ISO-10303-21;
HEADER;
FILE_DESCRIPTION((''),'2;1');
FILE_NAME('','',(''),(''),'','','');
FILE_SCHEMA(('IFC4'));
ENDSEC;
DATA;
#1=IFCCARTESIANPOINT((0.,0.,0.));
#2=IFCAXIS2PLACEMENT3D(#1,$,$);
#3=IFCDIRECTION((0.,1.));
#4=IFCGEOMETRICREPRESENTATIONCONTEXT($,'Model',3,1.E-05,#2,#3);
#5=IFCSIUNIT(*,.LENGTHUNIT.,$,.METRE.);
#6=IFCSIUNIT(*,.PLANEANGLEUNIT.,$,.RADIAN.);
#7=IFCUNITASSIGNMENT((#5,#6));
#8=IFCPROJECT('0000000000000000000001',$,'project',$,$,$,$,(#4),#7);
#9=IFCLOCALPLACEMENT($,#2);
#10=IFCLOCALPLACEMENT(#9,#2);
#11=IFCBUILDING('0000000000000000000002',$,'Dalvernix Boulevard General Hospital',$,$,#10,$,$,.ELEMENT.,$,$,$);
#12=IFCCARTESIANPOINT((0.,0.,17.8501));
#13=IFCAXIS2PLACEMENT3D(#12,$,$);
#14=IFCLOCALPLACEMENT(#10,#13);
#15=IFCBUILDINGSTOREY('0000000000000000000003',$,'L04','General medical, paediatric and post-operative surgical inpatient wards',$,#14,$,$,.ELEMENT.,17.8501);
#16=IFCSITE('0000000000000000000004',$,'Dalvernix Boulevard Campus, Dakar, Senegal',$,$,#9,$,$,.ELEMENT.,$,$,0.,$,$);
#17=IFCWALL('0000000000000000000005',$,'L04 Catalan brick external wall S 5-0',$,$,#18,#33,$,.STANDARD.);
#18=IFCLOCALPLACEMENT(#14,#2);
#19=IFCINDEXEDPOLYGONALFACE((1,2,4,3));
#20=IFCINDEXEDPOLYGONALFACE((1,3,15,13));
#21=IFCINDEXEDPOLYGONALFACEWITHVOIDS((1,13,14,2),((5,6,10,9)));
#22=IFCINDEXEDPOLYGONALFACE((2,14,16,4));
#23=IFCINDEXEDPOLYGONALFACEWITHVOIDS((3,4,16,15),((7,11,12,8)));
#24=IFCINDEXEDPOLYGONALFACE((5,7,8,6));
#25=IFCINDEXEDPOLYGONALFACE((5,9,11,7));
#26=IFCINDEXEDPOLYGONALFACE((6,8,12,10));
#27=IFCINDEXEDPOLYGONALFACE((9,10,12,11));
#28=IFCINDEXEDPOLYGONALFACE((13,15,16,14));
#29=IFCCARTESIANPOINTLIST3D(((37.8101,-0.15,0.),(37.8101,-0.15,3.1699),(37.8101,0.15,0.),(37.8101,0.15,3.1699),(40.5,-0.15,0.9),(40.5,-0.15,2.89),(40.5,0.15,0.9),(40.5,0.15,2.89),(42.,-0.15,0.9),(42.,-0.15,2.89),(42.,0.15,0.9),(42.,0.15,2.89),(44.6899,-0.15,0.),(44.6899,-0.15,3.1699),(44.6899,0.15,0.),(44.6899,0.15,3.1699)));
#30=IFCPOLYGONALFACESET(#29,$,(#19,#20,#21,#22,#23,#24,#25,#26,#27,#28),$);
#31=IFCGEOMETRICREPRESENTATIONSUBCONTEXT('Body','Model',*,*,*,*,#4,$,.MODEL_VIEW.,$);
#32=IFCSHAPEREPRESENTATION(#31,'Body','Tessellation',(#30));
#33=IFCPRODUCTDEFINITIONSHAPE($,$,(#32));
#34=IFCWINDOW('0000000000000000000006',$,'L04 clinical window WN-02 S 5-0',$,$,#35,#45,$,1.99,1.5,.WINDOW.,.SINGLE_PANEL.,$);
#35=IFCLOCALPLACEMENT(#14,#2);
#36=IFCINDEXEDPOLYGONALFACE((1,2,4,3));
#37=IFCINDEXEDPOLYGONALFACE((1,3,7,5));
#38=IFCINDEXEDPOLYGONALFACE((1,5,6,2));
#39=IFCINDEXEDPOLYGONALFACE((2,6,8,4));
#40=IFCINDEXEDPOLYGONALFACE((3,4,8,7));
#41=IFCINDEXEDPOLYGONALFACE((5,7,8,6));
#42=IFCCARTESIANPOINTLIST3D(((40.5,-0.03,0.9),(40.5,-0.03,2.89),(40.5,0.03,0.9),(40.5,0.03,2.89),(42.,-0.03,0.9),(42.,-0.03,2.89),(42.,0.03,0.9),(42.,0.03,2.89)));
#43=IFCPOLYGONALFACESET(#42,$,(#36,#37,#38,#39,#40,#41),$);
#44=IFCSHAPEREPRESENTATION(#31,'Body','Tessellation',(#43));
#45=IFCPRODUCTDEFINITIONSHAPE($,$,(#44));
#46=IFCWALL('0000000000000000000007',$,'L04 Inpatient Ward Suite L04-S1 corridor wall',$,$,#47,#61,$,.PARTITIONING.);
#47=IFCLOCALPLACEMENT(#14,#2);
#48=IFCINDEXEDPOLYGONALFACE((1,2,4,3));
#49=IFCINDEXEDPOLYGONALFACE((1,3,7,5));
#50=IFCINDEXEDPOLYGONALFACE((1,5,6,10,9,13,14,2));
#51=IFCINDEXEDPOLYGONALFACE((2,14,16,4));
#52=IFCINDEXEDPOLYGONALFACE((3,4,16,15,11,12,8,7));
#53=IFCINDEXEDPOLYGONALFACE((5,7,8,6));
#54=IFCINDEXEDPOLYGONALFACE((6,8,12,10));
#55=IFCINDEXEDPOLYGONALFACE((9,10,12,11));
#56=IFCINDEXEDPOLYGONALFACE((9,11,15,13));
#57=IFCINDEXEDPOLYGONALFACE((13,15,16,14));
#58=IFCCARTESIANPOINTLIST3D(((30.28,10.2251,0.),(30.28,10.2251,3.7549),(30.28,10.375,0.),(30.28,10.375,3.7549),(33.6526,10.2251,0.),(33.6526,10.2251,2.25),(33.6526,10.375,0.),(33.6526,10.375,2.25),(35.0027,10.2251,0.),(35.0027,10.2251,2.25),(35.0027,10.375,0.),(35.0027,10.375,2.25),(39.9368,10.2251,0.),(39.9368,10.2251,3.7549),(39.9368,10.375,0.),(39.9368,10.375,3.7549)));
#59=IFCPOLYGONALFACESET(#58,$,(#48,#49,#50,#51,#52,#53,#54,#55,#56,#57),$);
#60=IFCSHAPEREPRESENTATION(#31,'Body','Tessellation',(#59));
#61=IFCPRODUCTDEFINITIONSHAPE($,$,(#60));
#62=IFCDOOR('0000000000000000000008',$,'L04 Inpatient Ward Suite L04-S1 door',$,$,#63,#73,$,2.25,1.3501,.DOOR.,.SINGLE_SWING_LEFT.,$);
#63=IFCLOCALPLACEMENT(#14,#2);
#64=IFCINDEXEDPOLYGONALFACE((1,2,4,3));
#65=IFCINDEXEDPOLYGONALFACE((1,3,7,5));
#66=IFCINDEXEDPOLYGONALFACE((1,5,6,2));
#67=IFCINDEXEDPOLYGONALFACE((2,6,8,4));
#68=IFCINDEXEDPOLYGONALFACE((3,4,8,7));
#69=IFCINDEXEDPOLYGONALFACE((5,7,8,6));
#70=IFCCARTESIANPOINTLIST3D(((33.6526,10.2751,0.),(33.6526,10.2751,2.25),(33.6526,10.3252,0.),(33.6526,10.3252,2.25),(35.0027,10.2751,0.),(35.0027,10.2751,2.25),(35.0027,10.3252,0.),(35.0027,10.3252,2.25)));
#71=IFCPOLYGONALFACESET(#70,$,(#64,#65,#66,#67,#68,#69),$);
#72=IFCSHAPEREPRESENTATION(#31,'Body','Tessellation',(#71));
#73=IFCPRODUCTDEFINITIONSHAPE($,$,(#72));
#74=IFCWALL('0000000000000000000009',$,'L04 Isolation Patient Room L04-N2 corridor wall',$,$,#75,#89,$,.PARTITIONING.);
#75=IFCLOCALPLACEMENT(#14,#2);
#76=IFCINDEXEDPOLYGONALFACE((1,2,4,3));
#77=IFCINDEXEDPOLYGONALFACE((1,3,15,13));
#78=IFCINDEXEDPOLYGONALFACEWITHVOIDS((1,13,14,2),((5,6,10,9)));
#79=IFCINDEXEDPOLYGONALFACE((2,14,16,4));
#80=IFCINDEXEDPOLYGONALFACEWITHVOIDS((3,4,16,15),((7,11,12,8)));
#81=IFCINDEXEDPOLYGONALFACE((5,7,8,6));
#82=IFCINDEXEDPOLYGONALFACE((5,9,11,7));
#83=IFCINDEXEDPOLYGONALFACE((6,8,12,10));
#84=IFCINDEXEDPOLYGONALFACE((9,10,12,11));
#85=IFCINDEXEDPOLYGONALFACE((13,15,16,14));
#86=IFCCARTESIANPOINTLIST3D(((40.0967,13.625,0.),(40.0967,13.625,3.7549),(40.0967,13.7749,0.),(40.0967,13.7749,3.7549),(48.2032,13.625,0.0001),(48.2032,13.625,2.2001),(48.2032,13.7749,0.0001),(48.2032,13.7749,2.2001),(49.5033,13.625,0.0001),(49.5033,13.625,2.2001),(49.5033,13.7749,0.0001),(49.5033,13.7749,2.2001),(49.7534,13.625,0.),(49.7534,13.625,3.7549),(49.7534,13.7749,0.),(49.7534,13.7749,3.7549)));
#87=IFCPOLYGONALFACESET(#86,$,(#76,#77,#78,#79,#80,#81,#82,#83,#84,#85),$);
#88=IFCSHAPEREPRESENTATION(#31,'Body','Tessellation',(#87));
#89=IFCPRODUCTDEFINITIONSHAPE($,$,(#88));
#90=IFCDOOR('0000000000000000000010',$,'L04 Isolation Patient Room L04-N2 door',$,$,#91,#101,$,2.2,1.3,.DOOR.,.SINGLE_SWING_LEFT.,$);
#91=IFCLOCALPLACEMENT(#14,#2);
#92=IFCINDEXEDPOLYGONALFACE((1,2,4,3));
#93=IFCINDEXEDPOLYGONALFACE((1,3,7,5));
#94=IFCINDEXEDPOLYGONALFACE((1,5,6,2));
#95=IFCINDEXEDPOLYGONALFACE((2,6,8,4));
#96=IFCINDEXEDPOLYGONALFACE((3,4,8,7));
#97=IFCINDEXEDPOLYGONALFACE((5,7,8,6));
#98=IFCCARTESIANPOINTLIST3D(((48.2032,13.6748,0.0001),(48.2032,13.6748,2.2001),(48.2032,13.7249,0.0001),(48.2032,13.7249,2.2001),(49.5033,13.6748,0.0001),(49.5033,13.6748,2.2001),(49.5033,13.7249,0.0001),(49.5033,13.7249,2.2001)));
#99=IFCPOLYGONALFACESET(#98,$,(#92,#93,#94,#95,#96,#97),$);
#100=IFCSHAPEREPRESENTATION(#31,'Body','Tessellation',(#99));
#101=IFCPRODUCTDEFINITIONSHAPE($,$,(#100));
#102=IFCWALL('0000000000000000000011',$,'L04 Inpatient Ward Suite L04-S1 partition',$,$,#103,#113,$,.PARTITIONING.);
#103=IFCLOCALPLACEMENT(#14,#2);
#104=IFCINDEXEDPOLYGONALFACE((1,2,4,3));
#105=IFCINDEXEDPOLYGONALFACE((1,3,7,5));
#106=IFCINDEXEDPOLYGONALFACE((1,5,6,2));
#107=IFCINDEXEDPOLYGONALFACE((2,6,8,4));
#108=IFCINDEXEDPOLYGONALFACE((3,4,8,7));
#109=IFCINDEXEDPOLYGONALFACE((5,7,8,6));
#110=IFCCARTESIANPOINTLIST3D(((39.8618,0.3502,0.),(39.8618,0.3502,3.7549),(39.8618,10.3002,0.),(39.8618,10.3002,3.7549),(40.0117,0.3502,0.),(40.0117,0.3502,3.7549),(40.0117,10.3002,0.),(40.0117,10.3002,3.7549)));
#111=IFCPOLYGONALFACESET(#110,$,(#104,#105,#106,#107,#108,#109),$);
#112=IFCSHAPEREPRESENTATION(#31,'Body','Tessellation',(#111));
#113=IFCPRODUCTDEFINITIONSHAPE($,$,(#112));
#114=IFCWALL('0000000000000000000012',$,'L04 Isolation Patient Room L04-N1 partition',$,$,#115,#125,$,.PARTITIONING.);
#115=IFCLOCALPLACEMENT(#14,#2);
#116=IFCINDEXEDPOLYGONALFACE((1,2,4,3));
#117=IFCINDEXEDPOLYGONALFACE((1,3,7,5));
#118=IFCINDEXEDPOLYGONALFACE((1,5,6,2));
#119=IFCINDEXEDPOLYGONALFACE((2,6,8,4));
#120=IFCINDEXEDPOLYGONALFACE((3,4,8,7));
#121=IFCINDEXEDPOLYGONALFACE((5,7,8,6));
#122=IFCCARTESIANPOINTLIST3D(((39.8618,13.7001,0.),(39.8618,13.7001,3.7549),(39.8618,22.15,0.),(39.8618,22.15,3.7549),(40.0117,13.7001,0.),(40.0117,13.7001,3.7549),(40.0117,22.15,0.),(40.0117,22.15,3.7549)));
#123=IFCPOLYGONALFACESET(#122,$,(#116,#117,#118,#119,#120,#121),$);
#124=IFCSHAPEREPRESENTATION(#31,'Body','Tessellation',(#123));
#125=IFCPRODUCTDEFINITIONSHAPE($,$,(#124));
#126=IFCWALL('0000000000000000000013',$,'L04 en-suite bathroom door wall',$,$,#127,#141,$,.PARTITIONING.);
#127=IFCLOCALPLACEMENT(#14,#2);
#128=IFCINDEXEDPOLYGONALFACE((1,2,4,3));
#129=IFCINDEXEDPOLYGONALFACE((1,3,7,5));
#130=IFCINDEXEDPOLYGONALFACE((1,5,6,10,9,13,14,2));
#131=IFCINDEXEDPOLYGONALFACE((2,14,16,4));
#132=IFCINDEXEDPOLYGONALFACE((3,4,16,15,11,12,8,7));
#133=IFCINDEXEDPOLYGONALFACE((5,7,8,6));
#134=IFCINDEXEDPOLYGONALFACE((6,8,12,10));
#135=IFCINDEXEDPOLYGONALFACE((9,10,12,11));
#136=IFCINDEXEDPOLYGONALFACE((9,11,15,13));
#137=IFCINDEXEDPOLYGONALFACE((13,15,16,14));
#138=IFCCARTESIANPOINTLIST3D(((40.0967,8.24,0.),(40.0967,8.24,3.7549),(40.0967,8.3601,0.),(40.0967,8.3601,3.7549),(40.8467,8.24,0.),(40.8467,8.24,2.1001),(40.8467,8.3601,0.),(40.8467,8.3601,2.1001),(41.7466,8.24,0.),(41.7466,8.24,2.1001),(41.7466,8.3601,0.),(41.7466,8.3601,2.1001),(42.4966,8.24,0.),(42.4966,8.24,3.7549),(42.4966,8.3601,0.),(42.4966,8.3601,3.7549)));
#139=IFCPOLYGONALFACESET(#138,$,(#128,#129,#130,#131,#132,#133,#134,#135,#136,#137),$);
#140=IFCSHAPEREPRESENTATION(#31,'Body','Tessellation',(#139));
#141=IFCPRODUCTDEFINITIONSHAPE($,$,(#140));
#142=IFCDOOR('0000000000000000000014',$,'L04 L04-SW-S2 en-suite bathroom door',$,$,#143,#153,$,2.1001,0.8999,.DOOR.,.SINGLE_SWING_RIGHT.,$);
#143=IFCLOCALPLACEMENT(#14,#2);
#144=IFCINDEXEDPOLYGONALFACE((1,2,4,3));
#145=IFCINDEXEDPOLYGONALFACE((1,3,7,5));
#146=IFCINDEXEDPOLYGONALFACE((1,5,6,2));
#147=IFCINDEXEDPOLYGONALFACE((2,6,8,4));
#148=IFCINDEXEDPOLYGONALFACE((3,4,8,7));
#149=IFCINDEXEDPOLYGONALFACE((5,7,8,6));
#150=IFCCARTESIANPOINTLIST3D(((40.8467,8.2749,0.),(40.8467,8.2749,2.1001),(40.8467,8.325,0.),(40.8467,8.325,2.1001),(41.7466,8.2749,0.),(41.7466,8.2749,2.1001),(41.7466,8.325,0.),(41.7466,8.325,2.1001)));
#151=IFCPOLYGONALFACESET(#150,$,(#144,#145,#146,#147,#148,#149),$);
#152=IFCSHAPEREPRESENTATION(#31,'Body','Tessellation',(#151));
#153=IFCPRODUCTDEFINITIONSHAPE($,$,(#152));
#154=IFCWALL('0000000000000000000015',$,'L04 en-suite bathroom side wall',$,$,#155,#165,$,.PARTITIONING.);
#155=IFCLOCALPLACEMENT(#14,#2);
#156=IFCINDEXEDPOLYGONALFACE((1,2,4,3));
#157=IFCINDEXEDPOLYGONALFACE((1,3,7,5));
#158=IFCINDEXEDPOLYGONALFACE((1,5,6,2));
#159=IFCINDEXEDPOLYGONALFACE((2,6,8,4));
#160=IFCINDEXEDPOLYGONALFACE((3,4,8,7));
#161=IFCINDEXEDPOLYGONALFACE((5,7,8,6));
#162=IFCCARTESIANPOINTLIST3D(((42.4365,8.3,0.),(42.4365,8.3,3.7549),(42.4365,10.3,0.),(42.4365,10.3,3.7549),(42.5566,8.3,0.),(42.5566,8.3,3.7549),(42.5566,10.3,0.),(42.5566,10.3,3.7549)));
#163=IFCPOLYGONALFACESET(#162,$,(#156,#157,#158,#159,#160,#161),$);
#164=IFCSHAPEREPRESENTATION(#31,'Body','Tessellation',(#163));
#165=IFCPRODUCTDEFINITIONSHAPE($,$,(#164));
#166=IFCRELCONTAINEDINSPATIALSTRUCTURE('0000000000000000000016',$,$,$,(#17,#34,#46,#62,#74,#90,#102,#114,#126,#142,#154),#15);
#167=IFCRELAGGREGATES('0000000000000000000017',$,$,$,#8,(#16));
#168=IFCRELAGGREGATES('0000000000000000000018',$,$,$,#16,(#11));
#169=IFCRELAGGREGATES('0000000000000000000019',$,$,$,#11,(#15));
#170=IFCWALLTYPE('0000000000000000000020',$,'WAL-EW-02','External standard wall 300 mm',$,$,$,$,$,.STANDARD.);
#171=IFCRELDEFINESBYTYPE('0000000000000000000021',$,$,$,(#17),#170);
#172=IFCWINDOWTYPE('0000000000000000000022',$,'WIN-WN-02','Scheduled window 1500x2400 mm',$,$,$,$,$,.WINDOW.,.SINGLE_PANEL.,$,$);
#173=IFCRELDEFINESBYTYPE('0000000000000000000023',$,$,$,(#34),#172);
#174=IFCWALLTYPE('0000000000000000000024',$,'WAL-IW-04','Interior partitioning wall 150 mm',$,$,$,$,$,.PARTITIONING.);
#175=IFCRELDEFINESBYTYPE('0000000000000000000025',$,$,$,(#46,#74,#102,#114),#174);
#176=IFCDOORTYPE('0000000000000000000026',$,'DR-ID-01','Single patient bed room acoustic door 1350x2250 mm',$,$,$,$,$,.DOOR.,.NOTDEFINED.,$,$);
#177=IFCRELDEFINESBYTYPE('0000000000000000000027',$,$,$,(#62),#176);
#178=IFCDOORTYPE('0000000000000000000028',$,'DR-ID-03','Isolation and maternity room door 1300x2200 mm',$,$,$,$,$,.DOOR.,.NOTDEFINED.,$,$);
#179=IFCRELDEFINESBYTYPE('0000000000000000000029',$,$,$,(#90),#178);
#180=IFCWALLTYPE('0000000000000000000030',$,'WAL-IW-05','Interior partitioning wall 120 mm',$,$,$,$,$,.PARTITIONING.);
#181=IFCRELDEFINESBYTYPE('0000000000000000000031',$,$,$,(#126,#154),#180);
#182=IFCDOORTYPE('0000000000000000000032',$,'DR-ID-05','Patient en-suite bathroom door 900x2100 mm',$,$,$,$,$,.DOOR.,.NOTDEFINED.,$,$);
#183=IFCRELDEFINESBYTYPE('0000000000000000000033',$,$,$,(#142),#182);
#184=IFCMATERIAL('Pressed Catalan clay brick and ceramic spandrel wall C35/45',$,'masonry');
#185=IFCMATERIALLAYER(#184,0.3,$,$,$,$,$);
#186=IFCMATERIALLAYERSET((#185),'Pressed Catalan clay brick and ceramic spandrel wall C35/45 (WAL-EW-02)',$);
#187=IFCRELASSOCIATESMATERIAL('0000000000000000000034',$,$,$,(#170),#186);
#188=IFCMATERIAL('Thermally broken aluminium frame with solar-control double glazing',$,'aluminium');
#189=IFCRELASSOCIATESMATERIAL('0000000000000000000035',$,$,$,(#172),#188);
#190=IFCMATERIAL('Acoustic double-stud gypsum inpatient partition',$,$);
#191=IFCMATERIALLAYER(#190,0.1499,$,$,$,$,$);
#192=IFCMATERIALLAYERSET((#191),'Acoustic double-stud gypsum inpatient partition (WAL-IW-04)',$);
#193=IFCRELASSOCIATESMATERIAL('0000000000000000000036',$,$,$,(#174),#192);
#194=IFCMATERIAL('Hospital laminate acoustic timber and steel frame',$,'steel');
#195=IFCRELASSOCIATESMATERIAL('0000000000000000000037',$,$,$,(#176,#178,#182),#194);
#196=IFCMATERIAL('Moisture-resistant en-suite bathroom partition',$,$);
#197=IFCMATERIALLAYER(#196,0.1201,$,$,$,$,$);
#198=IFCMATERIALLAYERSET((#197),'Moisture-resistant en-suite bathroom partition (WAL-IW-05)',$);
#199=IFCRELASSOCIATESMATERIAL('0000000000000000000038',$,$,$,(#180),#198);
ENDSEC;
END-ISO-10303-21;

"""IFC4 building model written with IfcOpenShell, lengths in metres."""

from ifc_helpers import new_model, si_unit, direction, frame, frame_2d, origin, place, context, subcontext, project, spatial, rectangle, extrude, material, layer, layer_set, type_object, element, fill, save


model = new_model("IFC4")

# Units and contexts
model_context = context("Model", 3, precision=1e-05, world=origin(), true_north=direction((0.0, 1.0)))
body_context = subcontext(model_context, "Body", "Model", "MODEL_VIEW")
ifc_project = project(units=[si_unit("LENGTHUNIT", "METRE"), si_unit("PLANEANGLEUNIT", "RADIAN")], contexts=[model_context])

# Site, building, storey
site_placement = place(None, origin())
site = spatial("IfcSite", under=ifc_project, at=site_placement, Name="Dalvernix Boulevard Campus, Dakar, Senegal", CompositionType="ELEMENT", RefElevation=0.0)
building_placement = place(site_placement, origin())
building = spatial("IfcBuilding", under=site, at=building_placement, Name="Dalvernix Boulevard General Hospital", CompositionType="ELEMENT")
storey_placement = place(building_placement, frame((0.0, 0.0, 17.8501)))
storey = spatial("IfcBuildingStorey", under=building, at=storey_placement, Name="L04", Description="General medical, paediatric and post-operative surgical inpatient wards", CompositionType="ELEMENT", Elevation=17.8501)

# Wall, opening, window
ifc_material_1 = material(Name="Pressed Catalan clay brick and ceramic spandrel wall C35/45", Category="masonry")
ifc_layer_1 = layer(ifc_material_1, 0.3)
ifc_layer_set_1 = layer_set([ifc_layer_1], Name="Pressed Catalan clay brick and ceramic spandrel wall C35/45 (WAL-EW-02)")
wall_type_1 = type_object("IfcWallType", Name="WAL-EW-02", Description="External standard wall 300 mm", PredefinedType="STANDARD", material=ifc_layer_set_1)
wall_1_placement = place(storey_placement, frame((44.6899, 0.0, 0.0), z_axis=(0.0, 0.0, 1.0), x_axis=(-1.0, 0.0, 0.0)))
wall_1 = element("IfcWall", 1, at=wall_1_placement, inside=storey, type_object=wall_type_1, Name="L04 Catalan brick external wall S 5-0", PredefinedType="STANDARD", context=body_context, shape_type="SweptSolid", body=[
    extrude(rectangle(XDim=6.8799, YDim=0.3, at=frame_2d((3.4399, 0.0))), origin(), (0.0, 0.0, 1.0), 3.1699),
])
opening_1_placement = place(wall_1_placement, frame((2.6899, 0.0, 0.8999)))
opening_1 = element("IfcOpeningElement", 2, at=opening_1_placement, cuts=wall_1, PredefinedType="OPENING", context=body_context, shape_type="SweptSolid", body=[
    extrude(rectangle(XDim=1.5, YDim=1.99, at=frame_2d((0.75, 0.9951))), frame((0.0, 0.1599, 0.0), z_axis=(0.0, -1.0, 0.0), x_axis=(1.0, 0.0, 0.0)), (0.0, 0.0, 1.0), 0.3201),
])
ifc_material_2 = material(Name="Thermally broken aluminium frame with solar-control double glazing", Category="aluminium")
window_type = type_object("IfcWindowType", Name="WIN-WN-02", Description="Scheduled window 1500x2400 mm", PartitioningType="SINGLE_PANEL", PredefinedType="WINDOW", material=ifc_material_2)
window_placement = place(opening_1_placement, origin())
window = element("IfcWindow", 3, at=window_placement, inside=storey, type_object=window_type, Name="L04 clinical window WN-02 S 5-0", OverallHeight=1.99, OverallWidth=1.5, PartitioningType="SINGLE_PANEL", PredefinedType="WINDOW", context=body_context, shape_type="SweptSolid", body=[
    extrude(rectangle(XDim=1.5, YDim=1.99, at=frame_2d((0.75, 0.9951))), frame((0.0, 0.03, 0.0), z_axis=(0.0, -1.0, 0.0), x_axis=(1.0, 0.0, 0.0)), (0.0, 0.0, 1.0), 0.0601),
])
fill(opening_1, window)

# Walls, openings, doors
ifc_material_3 = material(Name="Acoustic double-stud gypsum inpatient partition")
ifc_layer_2 = layer(ifc_material_3, 0.1499)
ifc_layer_set_2 = layer_set([ifc_layer_2], Name="Acoustic double-stud gypsum inpatient partition (WAL-IW-04)")
wall_type_2 = type_object("IfcWallType", Name="WAL-IW-04", Description="Interior partitioning wall 150 mm", PredefinedType="PARTITIONING", material=ifc_layer_set_2)
wall_2_placement = place(storey_placement, frame((39.9368, 10.3, 0.0), z_axis=(0.0, 0.0, 1.0), x_axis=(-1.0, 0.0, 0.0)))
wall_2 = element("IfcWall", 4, at=wall_2_placement, inside=storey, type_object=wall_type_2, Name="L04 Inpatient Ward Suite L04-S1 corridor wall", PredefinedType="PARTITIONING", context=body_context, shape_type="SweptSolid", body=[
    extrude(rectangle(XDim=9.6567, YDim=0.1499, at=frame_2d((4.8284, 0.0))), origin(), (0.0, 0.0, 1.0), 3.7549),
])
opening_2_placement = place(wall_2_placement, frame((4.9341, 0.0, 0.0)))
opening_2 = element("IfcOpeningElement", 5, at=opening_2_placement, cuts=wall_2, PredefinedType="OPENING", context=body_context, shape_type="SweptSolid", body=[
    extrude(rectangle(XDim=1.3501, YDim=2.25, at=frame_2d((0.675, 1.125))), frame((0.0, 0.085, 0.0), z_axis=(0.0, -1.0, 0.0), x_axis=(1.0, 0.0, 0.0)), (0.0, 0.0, 1.0), 0.1699),
])
ifc_material_4 = material(Name="Hospital laminate acoustic timber and steel frame", Category="steel")
door_type_1 = type_object("IfcDoorType", Name="DR-ID-01", Description="Single patient bed room acoustic door 1350x2250 mm", OperationType="NOTDEFINED", PredefinedType="DOOR", material=ifc_material_4)
door_1_placement = place(opening_2_placement, origin())
door_1 = element("IfcDoor", 6, at=door_1_placement, inside=storey, type_object=door_type_1, Name="L04 Inpatient Ward Suite L04-S1 door", OperationType="SINGLE_SWING_LEFT", OverallHeight=2.25, OverallWidth=1.3501, PredefinedType="DOOR", context=body_context, shape_type="SweptSolid", body=[
    extrude(rectangle(XDim=1.3501, YDim=2.25, at=frame_2d((0.675, 1.125))), frame((0.0, 0.0249, 0.0), z_axis=(0.0, -1.0, 0.0), x_axis=(1.0, 0.0, 0.0)), (0.0, 0.0, 1.0), 0.05),
])
fill(opening_2, door_1)
wall_3_placement = place(storey_placement, frame((40.0967, 13.7, 0.0), z_axis=(0.0, 0.0, 1.0), x_axis=(1.0, 0.0, 0.0)))
wall_3 = element("IfcWall", 7, at=wall_3_placement, inside=storey, type_object=wall_type_2, Name="L04 Isolation Patient Room L04-N2 corridor wall", PredefinedType="PARTITIONING", context=body_context, shape_type="SweptSolid", body=[
    extrude(rectangle(XDim=9.6567, YDim=0.1499, at=frame_2d((4.8284, 0.0))), origin(), (0.0, 0.0, 1.0), 3.7549),
])
opening_3_placement = place(wall_3_placement, frame((8.1067, 0.0, 0.0)))
opening_3 = element("IfcOpeningElement", 8, at=opening_3_placement, cuts=wall_3, PredefinedType="OPENING", context=body_context, shape_type="SweptSolid", body=[
    extrude(rectangle(XDim=1.3, YDim=2.2, at=frame_2d((0.6499, 1.1001))), frame((0.0, 0.085, 0.0), z_axis=(0.0, -1.0, 0.0), x_axis=(1.0, 0.0, 0.0)), (0.0, 0.0, 1.0), 0.1699),
])
door_type_2 = type_object("IfcDoorType", Name="DR-ID-03", Description="Isolation and maternity room door 1300x2200 mm", OperationType="NOTDEFINED", PredefinedType="DOOR", material=ifc_material_4)
door_2_placement = place(opening_3_placement, origin())
door_2 = element("IfcDoor", 9, at=door_2_placement, inside=storey, type_object=door_type_2, Name="L04 Isolation Patient Room L04-N2 door", OperationType="SINGLE_SWING_LEFT", OverallHeight=2.2, OverallWidth=1.3, PredefinedType="DOOR", context=body_context, shape_type="SweptSolid", body=[
    extrude(rectangle(XDim=1.3, YDim=2.2, at=frame_2d((0.6499, 1.1001))), frame((0.0, 0.0249, 0.0), z_axis=(0.0, -1.0, 0.0), x_axis=(1.0, 0.0, 0.0)), (0.0, 0.0, 1.0), 0.05),
])
fill(opening_3, door_2)

# Walls
wall_4_placement = place(storey_placement, frame((39.9368, 0.3501, 0.0), z_axis=(0.0, 0.0, 1.0), x_axis=(0.0, 1.0, 0.0)))
element("IfcWall", 10, at=wall_4_placement, inside=storey, type_object=wall_type_2, Name="L04 Inpatient Ward Suite L04-S1 partition", PredefinedType="PARTITIONING", context=body_context, shape_type="SweptSolid", body=[
    extrude(rectangle(XDim=9.95, YDim=0.1499, at=frame_2d((4.9751, 0.0))), origin(), (0.0, 0.0, 1.0), 3.7549),
])
wall_5_placement = place(storey_placement, frame((39.9368, 13.7, 0.0), z_axis=(0.0, 0.0, 1.0), x_axis=(0.0, 1.0, 0.0)))
element("IfcWall", 11, at=wall_5_placement, inside=storey, type_object=wall_type_2, Name="L04 Isolation Patient Room L04-N1 partition", PredefinedType="PARTITIONING", context=body_context, shape_type="SweptSolid", body=[
    extrude(rectangle(XDim=8.45, YDim=0.1499, at=frame_2d((4.2251, 0.0))), origin(), (0.0, 0.0, 1.0), 3.7549),
])

# Wall, opening, door
ifc_material_5 = material(Name="Moisture-resistant en-suite bathroom partition")
ifc_layer_3 = layer(ifc_material_5, 0.1201)
ifc_layer_set_3 = layer_set([ifc_layer_3], Name="Moisture-resistant en-suite bathroom partition (WAL-IW-05)")
wall_type_3 = type_object("IfcWallType", Name="WAL-IW-05", Description="Interior partitioning wall 120 mm", PredefinedType="PARTITIONING", material=ifc_layer_set_3)
wall_6_placement = place(storey_placement, frame((40.0967, 8.3, 0.0), z_axis=(0.0, 0.0, 1.0), x_axis=(1.0, 0.0, 0.0)))
wall_6 = element("IfcWall", 12, at=wall_6_placement, inside=storey, type_object=wall_type_3, Name="L04 en-suite bathroom door wall", PredefinedType="PARTITIONING", context=body_context, shape_type="SweptSolid", body=[
    extrude(rectangle(XDim=2.3999, YDim=0.1201, at=frame_2d((1.2, 0.0))), origin(), (0.0, 0.0, 1.0), 3.7549),
])
opening_4_placement = place(wall_6_placement, frame((0.75, 0.0, 0.0)))
opening_4 = element("IfcOpeningElement", 13, at=opening_4_placement, cuts=wall_6, PredefinedType="OPENING", context=body_context, shape_type="SweptSolid", body=[
    extrude(rectangle(XDim=0.8999, YDim=2.1001, at=frame_2d((0.45, 1.05))), frame((0.0, 0.0701, 0.0), z_axis=(0.0, -1.0, 0.0), x_axis=(1.0, 0.0, 0.0)), (0.0, 0.0, 1.0), 0.1401),
])
door_type_3 = type_object("IfcDoorType", Name="DR-ID-05", Description="Patient en-suite bathroom door 900x2100 mm", OperationType="NOTDEFINED", PredefinedType="DOOR", material=ifc_material_4)
door_3_placement = place(opening_4_placement, origin())
door_3 = element("IfcDoor", 14, at=door_3_placement, inside=storey, type_object=door_type_3, Name="L04 L04-SW-S2 en-suite bathroom door", OperationType="SINGLE_SWING_RIGHT", OverallHeight=2.1001, OverallWidth=0.8999, PredefinedType="DOOR", context=body_context, shape_type="SweptSolid", body=[
    extrude(rectangle(XDim=0.8999, YDim=2.1001, at=frame_2d((0.45, 1.05))), frame((0.0, 0.0249, 0.0), z_axis=(0.0, -1.0, 0.0), x_axis=(1.0, 0.0, 0.0)), (0.0, 0.0, 1.0), 0.05),
])
fill(opening_4, door_3)

# Wall
for number, where, z_axis, x_axis, name in (
    (15, (42.4966, 8.3, 0.0), (0.0, 0.0, 1.0), (0.0, 1.0, 0.0), "L04 en-suite bathroom side wall"),
):
    element("IfcWall", number, at=place(storey_placement, frame(where, z_axis=z_axis, x_axis=x_axis)), inside=storey, type_object=wall_type_3, Name=name, PredefinedType="PARTITIONING", context=body_context, shape_type="SweptSolid", body=[
        extrude(rectangle(XDim=2.0, YDim=0.1201, at=frame_2d((1.0, 0.0))), origin(), (0.0, 0.0, 1.0), 3.7549),
    ])

save(model, "model.ifc")
